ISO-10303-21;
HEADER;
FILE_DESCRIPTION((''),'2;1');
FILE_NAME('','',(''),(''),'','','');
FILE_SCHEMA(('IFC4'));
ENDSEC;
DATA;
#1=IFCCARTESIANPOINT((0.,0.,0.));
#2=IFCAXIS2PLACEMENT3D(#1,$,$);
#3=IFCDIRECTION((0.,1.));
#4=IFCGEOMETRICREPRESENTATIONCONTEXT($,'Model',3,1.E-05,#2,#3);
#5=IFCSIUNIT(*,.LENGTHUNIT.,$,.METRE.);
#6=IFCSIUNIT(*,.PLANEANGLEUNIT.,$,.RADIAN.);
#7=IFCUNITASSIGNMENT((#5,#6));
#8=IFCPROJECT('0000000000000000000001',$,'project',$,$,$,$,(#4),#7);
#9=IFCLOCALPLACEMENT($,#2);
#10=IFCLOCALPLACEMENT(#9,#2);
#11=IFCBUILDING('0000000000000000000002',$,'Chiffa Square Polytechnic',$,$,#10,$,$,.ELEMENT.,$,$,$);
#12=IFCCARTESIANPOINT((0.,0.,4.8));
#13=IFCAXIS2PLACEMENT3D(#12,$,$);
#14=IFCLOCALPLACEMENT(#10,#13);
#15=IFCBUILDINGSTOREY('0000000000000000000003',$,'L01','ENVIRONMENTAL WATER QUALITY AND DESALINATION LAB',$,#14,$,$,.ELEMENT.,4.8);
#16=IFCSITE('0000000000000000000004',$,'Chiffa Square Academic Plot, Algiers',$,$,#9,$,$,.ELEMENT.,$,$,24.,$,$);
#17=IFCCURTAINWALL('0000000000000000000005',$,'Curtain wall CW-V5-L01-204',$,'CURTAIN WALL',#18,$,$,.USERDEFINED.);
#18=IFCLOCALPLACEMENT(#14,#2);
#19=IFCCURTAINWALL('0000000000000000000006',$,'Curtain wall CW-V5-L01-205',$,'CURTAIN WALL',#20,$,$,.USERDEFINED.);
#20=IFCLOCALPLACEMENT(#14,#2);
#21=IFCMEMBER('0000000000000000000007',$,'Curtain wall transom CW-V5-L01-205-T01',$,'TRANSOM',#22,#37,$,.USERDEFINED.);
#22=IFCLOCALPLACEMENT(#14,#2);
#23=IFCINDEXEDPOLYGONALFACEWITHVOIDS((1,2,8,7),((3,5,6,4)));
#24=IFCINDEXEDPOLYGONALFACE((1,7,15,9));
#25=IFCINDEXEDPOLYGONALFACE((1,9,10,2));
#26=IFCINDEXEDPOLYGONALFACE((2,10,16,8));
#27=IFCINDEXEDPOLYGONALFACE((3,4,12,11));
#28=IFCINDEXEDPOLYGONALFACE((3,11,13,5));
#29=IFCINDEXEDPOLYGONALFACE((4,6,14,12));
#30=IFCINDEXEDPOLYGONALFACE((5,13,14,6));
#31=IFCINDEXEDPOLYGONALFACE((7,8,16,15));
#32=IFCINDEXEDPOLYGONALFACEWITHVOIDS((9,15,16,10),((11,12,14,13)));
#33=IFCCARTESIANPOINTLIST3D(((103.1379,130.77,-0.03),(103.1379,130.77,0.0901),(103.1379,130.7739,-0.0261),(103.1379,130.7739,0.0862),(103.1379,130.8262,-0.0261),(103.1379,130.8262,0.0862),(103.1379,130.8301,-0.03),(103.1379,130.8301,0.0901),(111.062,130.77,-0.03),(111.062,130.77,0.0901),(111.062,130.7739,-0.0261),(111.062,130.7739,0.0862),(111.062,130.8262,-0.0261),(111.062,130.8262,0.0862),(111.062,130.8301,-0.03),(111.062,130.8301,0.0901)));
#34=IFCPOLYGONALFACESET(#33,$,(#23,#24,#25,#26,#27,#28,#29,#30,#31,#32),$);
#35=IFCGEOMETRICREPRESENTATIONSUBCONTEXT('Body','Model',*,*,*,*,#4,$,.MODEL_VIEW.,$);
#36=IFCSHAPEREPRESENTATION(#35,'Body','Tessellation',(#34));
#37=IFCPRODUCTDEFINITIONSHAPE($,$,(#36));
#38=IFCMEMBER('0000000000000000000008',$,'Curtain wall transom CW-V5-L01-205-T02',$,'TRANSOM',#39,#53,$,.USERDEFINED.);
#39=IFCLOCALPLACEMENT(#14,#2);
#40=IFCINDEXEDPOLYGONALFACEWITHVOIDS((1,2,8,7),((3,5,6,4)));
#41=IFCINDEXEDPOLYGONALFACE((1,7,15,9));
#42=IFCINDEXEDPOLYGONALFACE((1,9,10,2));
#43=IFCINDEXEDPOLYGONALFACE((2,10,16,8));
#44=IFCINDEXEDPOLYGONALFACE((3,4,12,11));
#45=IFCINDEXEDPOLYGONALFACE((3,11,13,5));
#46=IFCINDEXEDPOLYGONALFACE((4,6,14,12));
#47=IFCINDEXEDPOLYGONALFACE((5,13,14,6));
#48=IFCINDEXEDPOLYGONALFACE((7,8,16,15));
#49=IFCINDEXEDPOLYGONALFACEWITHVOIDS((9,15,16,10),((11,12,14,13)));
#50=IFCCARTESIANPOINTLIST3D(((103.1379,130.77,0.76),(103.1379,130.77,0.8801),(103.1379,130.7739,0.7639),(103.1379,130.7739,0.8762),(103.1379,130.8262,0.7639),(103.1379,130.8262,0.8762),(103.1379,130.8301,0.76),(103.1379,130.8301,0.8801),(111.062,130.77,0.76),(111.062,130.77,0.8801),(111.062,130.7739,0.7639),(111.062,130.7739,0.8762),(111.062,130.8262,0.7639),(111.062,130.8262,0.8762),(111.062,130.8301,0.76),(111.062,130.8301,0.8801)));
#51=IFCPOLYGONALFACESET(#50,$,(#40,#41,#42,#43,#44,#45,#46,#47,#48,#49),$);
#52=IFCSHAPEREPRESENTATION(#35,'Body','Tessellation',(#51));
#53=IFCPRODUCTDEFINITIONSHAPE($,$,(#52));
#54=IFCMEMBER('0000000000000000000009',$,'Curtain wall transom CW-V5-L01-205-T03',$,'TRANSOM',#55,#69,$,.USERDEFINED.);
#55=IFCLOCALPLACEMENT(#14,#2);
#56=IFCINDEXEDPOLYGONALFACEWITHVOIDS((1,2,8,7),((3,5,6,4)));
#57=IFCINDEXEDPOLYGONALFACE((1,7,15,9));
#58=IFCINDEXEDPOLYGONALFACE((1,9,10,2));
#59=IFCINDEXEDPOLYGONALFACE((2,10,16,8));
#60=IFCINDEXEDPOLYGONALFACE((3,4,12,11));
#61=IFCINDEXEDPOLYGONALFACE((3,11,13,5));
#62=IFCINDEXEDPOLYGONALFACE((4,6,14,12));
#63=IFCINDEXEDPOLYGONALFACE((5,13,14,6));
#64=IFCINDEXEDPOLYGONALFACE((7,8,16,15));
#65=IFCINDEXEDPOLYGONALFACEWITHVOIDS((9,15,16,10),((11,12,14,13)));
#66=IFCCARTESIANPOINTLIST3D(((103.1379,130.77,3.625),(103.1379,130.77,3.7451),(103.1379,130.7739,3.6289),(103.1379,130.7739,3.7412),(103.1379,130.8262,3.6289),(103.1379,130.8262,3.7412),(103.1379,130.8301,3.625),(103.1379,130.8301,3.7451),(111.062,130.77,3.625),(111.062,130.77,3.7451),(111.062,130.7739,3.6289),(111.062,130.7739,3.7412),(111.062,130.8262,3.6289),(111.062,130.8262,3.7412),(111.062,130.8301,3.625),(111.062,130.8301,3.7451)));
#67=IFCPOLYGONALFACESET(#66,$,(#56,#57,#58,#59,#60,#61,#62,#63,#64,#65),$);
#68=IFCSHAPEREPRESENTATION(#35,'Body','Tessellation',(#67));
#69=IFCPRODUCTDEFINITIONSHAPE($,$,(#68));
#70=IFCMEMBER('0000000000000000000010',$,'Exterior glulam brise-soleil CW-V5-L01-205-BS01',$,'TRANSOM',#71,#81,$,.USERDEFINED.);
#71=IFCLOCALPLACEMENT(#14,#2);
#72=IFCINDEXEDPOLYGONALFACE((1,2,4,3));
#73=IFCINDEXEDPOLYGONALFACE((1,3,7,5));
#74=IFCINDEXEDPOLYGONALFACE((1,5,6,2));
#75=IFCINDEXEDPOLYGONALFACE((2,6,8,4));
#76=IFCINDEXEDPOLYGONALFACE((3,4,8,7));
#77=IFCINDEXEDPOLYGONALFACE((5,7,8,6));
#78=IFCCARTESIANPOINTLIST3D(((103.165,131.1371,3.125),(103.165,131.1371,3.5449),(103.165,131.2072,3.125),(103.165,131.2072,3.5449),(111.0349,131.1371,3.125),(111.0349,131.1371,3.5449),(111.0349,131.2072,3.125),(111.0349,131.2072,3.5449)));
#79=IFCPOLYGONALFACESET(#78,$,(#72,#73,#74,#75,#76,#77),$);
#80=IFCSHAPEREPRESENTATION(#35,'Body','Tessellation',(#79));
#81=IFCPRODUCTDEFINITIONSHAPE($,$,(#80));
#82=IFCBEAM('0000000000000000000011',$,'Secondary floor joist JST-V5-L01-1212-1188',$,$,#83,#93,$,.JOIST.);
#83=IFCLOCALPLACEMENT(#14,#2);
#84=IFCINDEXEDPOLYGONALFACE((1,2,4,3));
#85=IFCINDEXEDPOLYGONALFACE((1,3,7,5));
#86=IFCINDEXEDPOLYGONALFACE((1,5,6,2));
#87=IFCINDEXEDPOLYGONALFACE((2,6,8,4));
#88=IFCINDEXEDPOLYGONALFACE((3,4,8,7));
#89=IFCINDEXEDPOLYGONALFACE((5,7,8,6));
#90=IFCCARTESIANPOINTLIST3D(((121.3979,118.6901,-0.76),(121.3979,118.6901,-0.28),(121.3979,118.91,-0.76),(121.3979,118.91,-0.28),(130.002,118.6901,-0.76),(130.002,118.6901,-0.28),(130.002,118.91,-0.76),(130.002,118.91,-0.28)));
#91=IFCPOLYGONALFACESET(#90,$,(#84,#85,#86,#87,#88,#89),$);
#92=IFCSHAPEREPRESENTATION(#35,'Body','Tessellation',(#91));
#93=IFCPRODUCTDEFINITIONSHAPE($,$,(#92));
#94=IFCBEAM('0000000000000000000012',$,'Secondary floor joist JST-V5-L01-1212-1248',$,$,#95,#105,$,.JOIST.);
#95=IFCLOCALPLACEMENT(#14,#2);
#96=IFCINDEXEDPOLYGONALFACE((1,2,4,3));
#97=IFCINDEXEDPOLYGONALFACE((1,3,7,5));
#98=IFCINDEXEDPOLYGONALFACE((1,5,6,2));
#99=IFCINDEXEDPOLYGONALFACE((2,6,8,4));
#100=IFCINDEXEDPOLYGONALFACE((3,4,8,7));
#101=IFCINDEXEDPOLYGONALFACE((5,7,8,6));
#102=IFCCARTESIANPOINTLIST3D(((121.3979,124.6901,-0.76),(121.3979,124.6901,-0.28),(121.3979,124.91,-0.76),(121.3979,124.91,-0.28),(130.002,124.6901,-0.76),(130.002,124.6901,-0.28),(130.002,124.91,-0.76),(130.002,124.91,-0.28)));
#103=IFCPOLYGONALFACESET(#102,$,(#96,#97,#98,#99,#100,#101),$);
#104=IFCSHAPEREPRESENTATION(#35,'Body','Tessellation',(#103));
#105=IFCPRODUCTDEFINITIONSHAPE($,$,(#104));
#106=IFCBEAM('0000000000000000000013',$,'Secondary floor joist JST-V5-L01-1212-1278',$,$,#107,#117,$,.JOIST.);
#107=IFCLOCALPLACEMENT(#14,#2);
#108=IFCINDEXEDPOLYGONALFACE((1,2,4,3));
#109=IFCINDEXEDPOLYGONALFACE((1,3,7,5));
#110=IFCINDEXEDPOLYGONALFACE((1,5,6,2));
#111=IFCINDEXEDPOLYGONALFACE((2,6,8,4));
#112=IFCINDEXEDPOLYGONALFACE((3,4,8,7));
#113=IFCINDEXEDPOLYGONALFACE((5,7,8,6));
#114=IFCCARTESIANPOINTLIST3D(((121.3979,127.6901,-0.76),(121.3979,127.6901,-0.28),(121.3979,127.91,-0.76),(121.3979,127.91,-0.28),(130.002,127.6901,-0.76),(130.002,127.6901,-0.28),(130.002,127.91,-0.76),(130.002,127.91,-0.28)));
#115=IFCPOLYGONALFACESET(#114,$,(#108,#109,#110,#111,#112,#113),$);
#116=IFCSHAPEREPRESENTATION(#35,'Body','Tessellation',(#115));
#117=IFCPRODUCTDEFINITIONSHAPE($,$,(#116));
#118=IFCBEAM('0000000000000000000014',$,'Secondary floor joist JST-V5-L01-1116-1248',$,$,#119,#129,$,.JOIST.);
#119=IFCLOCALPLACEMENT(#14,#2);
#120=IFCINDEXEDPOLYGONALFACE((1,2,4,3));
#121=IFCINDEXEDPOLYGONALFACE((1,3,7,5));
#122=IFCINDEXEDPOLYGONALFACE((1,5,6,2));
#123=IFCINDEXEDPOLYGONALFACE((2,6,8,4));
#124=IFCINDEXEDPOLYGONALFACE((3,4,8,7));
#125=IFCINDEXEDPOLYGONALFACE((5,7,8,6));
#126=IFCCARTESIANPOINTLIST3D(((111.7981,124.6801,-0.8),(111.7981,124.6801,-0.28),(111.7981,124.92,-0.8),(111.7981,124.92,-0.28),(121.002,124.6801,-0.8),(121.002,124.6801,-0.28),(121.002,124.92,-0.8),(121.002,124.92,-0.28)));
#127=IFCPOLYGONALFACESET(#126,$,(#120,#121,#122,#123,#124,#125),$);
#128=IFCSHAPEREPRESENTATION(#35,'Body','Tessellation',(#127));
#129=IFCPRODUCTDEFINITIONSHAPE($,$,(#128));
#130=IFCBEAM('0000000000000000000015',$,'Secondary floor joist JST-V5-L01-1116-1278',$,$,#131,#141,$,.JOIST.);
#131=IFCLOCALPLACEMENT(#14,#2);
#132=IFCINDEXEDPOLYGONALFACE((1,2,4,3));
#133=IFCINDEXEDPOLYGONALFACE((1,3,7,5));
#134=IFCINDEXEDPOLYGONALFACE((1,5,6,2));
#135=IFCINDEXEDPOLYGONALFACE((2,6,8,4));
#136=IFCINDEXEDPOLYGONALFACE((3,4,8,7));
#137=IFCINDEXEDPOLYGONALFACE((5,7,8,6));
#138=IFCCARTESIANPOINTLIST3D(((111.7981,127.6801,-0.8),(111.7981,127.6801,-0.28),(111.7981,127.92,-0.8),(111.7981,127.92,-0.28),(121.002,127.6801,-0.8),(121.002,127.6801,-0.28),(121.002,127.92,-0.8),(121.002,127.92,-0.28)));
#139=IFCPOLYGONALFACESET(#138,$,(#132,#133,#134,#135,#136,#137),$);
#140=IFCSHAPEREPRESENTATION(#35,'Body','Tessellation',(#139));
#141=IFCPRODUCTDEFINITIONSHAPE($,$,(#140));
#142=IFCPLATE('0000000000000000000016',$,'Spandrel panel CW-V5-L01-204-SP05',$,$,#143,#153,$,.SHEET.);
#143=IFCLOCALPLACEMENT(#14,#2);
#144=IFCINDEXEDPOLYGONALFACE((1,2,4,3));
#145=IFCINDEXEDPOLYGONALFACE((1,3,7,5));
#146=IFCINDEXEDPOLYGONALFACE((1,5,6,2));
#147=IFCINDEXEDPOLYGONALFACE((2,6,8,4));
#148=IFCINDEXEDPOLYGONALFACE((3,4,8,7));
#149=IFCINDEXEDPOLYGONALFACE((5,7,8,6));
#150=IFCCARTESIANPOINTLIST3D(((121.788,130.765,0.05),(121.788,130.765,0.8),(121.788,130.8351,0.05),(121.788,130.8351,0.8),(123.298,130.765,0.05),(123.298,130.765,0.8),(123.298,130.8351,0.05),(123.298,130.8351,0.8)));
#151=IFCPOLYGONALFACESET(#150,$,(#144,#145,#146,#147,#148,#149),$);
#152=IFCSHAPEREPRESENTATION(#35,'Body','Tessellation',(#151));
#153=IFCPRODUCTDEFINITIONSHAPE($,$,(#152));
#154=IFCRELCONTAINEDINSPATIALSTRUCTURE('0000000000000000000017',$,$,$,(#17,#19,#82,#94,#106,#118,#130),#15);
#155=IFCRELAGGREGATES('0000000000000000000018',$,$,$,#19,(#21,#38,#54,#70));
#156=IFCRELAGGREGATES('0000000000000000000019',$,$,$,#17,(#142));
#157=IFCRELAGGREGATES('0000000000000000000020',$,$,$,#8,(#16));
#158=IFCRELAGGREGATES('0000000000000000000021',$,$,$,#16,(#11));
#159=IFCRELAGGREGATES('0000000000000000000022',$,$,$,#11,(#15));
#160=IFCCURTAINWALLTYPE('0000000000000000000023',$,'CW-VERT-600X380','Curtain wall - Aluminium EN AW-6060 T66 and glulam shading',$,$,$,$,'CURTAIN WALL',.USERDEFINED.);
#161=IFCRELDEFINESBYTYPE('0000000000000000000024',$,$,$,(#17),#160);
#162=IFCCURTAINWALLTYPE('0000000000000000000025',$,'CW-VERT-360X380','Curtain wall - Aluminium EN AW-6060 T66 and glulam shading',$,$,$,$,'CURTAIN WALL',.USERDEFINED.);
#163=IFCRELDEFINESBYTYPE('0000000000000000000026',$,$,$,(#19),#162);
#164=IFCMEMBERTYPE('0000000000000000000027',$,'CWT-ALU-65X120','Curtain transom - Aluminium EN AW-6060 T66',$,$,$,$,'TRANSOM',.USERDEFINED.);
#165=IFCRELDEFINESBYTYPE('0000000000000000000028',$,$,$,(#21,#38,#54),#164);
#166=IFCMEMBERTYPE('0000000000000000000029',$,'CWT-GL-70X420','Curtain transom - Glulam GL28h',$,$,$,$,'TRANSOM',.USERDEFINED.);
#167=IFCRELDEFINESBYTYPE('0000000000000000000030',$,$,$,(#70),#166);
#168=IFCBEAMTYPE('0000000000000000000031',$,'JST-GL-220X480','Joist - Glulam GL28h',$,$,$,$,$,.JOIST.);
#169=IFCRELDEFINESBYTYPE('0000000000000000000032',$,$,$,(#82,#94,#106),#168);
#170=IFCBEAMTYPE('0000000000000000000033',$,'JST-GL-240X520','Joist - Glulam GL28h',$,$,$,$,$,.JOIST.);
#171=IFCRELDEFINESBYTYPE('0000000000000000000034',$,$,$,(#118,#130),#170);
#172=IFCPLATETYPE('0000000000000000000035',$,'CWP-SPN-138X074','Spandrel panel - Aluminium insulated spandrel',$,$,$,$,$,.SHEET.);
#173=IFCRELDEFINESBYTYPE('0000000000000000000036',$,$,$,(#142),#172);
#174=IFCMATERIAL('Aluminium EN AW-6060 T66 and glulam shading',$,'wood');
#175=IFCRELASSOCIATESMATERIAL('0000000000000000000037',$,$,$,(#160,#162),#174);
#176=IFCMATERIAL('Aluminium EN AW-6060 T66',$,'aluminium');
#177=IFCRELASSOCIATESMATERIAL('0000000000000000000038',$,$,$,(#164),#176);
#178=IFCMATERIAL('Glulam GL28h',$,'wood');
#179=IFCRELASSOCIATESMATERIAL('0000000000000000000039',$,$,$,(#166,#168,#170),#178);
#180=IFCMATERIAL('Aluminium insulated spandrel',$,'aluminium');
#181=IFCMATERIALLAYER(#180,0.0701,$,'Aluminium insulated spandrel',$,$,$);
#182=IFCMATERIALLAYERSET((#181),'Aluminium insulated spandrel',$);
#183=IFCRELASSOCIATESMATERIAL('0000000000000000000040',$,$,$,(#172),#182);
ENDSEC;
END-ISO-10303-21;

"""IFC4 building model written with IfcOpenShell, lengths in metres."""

from ifc_helpers import new_model, si_unit, direction, frame, origin, origin_2d, place, context, subcontext, project, spatial, rectangle, hollow_rectangle, extrude, material, layer, layer_set, material_profile, profile_set, type_object, element, aggregate, save


model = new_model("IFC4")

# Units and contexts
model_context = context("Model", 3, precision=1e-05, world=origin(), true_north=direction((0.0, 1.0)))
body_context = subcontext(model_context, "Body", "Model", "MODEL_VIEW")
ifc_project = project(units=[si_unit("LENGTHUNIT", "METRE"), si_unit("PLANEANGLEUNIT", "RADIAN")], contexts=[model_context])

# Site, building, storey
site_placement = place(None, origin())
site = spatial("IfcSite", under=ifc_project, at=site_placement, Name="Chiffa Square Academic Plot, Algiers", CompositionType="ELEMENT", RefElevation=24.0)
building_placement = place(site_placement, origin())
building = spatial("IfcBuilding", under=site, at=building_placement, Name="Chiffa Square Polytechnic", CompositionType="ELEMENT")
storey_placement = place(building_placement, frame((0.0, 0.0, 4.8)))
storey = spatial("IfcBuildingStorey", under=building, at=storey_placement, Name="L01", Description="ENVIRONMENTAL WATER QUALITY AND DESALINATION LAB", CompositionType="ELEMENT", Elevation=4.8)

# Curtain walls
ifc_material_1 = material(Name="Aluminium EN AW-6060 T66 and glulam shading", Category="wood")
curtain_wall_type_1 = type_object("IfcCurtainWallType", Name="CW-VERT-600X380", Description="Curtain wall - Aluminium EN AW-6060 T66 and glulam shading", ElementType="CURTAIN WALL", PredefinedType="USERDEFINED", material=ifc_material_1)
curtain_wall_1_placement = place(storey_placement, origin())
curtain_wall_1 = element("IfcCurtainWall", 1, at=curtain_wall_1_placement, inside=storey, type_object=curtain_wall_type_1, Name="Curtain wall CW-V5-L01-204", ObjectType="CURTAIN WALL", PredefinedType="USERDEFINED")
ifc_material_2 = material(Name="Aluminium EN AW-6060 T66", Category="aluminium")
curtain_wall_type_2 = type_object("IfcCurtainWallType", Name="CW-VERT-360X380", Description="Curtain wall - Aluminium EN AW-6060 T66 and glulam shading", ElementType="CURTAIN WALL", PredefinedType="USERDEFINED", material=ifc_material_1)
curtain_wall_2_placement = place(storey_placement, origin())
curtain_wall_2 = element("IfcCurtainWall", 2, at=curtain_wall_2_placement, inside=storey, type_object=curtain_wall_type_2, Name="Curtain wall CW-V5-L01-205", ObjectType="CURTAIN WALL", PredefinedType="USERDEFINED")

# Members
ifc_material_3 = material(Name="Glulam GL28h", Category="wood")
ifc_material_profile_1 = material_profile(ifc_material_2, hollow_rectangle(XDim=0.0601, YDim=0.1201, WallThickness=0.0039, at=origin_2d()), Name="ALU 60x120x4")
ifc_profile_set_1 = profile_set([ifc_material_profile_1], Name="Aluminium EN AW-6060 T66")
member_type_1 = type_object("IfcMemberType", Name="CWT-ALU-65X120", Description="Curtain transom - Aluminium EN AW-6060 T66", ElementType="TRANSOM", PredefinedType="USERDEFINED", material=ifc_profile_set_1)
member_1_placement = place(storey_placement, frame((111.062, 130.8, 0.03), z_axis=(-1.0, 0.0, 0.0), x_axis=(0.0, -1.0, 0.0)))
member_1 = element("IfcMember", 3, at=member_1_placement, type_object=member_type_1, Name="Curtain wall transom CW-V5-L01-205-T01", ObjectType="TRANSOM", PredefinedType="USERDEFINED", context=body_context, shape_type="SweptSolid", body=[
    extrude(hollow_rectangle(XDim=0.0601, YDim=0.1201, WallThickness=0.0039, at=origin_2d()), origin(), (0.0, 0.0, 1.0), 7.9241),
])
member_2_placement = place(storey_placement, frame((111.062, 130.8, 0.8201), z_axis=(-1.0, 0.0, 0.0), x_axis=(0.0, -1.0, 0.0)))
member_2 = element("IfcMember", 4, at=member_2_placement, type_object=member_type_1, Name="Curtain wall transom CW-V5-L01-205-T02", ObjectType="TRANSOM", PredefinedType="USERDEFINED", context=body_context, shape_type="SweptSolid", body=[
    extrude(hollow_rectangle(XDim=0.0601, YDim=0.1201, WallThickness=0.0039, at=origin_2d()), origin(), (0.0, 0.0, 1.0), 7.9241),
])
member_3_placement = place(storey_placement, frame((111.062, 130.8, 3.6851), z_axis=(-1.0, 0.0, 0.0), x_axis=(0.0, -1.0, 0.0)))
member_3 = element("IfcMember", 5, at=member_3_placement, type_object=member_type_1, Name="Curtain wall transom CW-V5-L01-205-T03", ObjectType="TRANSOM", PredefinedType="USERDEFINED", context=body_context, shape_type="SweptSolid", body=[
    extrude(hollow_rectangle(XDim=0.0601, YDim=0.1201, WallThickness=0.0039, at=origin_2d()), origin(), (0.0, 0.0, 1.0), 7.9241),
])
ifc_material_profile_2 = material_profile(ifc_material_3, rectangle(XDim=0.0701, YDim=0.4199, at=origin_2d()), Name="GL28h 70x420")
ifc_profile_set_2 = profile_set([ifc_material_profile_2], Name="Glulam GL28h")
member_type_2 = type_object("IfcMemberType", Name="CWT-GL-70X420", Description="Curtain transom - Glulam GL28h", ElementType="TRANSOM", PredefinedType="USERDEFINED", material=ifc_profile_set_2)
member_4_placement = place(storey_placement, frame((111.0349, 131.1721, 3.335), z_axis=(-1.0, 0.0, 0.0), x_axis=(0.0, -1.0, 0.0)))
member_4 = element("IfcMember", 6, at=member_4_placement, type_object=member_type_2, Name="Exterior glulam brise-soleil CW-V5-L01-205-BS01", ObjectType="TRANSOM", PredefinedType="USERDEFINED", context=body_context, shape_type="SweptSolid", body=[
    extrude(rectangle(XDim=0.0701, YDim=0.4199, at=origin_2d()), origin(), (0.0, 0.0, 1.0), 7.8699),
])
aggregate(curtain_wall_2, [member_1, member_2, member_3, member_4])

# Beams
ifc_material_profile_3 = material_profile(ifc_material_3, rectangle(XDim=0.22, YDim=0.48, at=origin_2d()), Name="GL28h 220x480")
ifc_profile_set_3 = profile_set([ifc_material_profile_3], Name="Glulam GL28h")
beam_type_1 = type_object("IfcBeamType", Name="JST-GL-220X480", Description="Joist - Glulam GL28h", PredefinedType="JOIST", material=ifc_profile_set_3)
for number, where, z_axis, x_axis, name in (
    (7, (121.3979, 118.8, -0.52), (1.0, 0.0, 0.0), (0.0, 1.0, 0.0), "Secondary floor joist JST-V5-L01-1212-1188"),
    (8, (121.3979, 124.8, -0.52), (1.0, 0.0, 0.0), (0.0, 1.0, 0.0), "Secondary floor joist JST-V5-L01-1212-1248"),
    (9, (121.3979, 127.8, -0.52), (1.0, 0.0, 0.0), (0.0, 1.0, 0.0), "Secondary floor joist JST-V5-L01-1212-1278"),
):
    element("IfcBeam", number, at=place(storey_placement, frame(where, z_axis=z_axis, x_axis=x_axis)), inside=storey, type_object=beam_type_1, Name=name, PredefinedType="JOIST", context=body_context, shape_type="SweptSolid", body=[
        extrude(rectangle(XDim=0.22, YDim=0.48, at=origin_2d()), origin(), (0.0, 0.0, 1.0), 8.604),
    ])
ifc_material_profile_4 = material_profile(ifc_material_3, rectangle(XDim=0.24, YDim=0.52, at=origin_2d()), Name="GL28h 240x520")
ifc_profile_set_4 = profile_set([ifc_material_profile_4], Name="Glulam GL28h")
beam_type_2 = type_object("IfcBeamType", Name="JST-GL-240X520", Description="Joist - Glulam GL28h", PredefinedType="JOIST", material=ifc_profile_set_4)
for number, where, z_axis, x_axis, name in (
    (10, (111.7981, 124.8, -0.54), (1.0, 0.0, 0.0), (0.0, 1.0, 0.0), "Secondary floor joist JST-V5-L01-1116-1248"),
    (11, (111.7981, 127.8, -0.54), (1.0, 0.0, 0.0), (0.0, 1.0, 0.0), "Secondary floor joist JST-V5-L01-1116-1278"),
):
    element("IfcBeam", number, at=place(storey_placement, frame(where, z_axis=z_axis, x_axis=x_axis)), inside=storey, type_object=beam_type_2, Name=name, PredefinedType="JOIST", context=body_context, shape_type="SweptSolid", body=[
        extrude(rectangle(XDim=0.24, YDim=0.52, at=origin_2d()), origin(), (0.0, 0.0, 1.0), 9.2039),
    ])

# Plate
ifc_material_4 = material(Name="Aluminium insulated spandrel", Category="aluminium")
ifc_layer_1 = layer(ifc_material_4, 0.0701, Name="Aluminium insulated spandrel")
ifc_layer_set_1 = layer_set([ifc_layer_1], Name="Aluminium insulated spandrel")
plate_type = type_object("IfcPlateType", Name="CWP-SPN-138X074", Description="Spandrel panel - Aluminium insulated spandrel", PredefinedType="SHEET", material=ifc_layer_set_1)
plate_placement = place(storey_placement, frame((122.543, 130.8, 0.05), z_axis=(0.0, 0.0, 1.0), x_axis=(-1.0, 0.0, 0.0)))
plate = element("IfcPlate", 12, at=plate_placement, type_object=plate_type, Name="Spandrel panel CW-V5-L01-204-SP05", PredefinedType="SHEET", context=body_context, shape_type="SweptSolid", body=[
    extrude(rectangle(XDim=1.51, YDim=0.0701, at=origin_2d()), origin(), (0.0, 0.0, 1.0), 0.75),
])
aggregate(curtain_wall_1, [plate])

save(model, "model.ifc")
